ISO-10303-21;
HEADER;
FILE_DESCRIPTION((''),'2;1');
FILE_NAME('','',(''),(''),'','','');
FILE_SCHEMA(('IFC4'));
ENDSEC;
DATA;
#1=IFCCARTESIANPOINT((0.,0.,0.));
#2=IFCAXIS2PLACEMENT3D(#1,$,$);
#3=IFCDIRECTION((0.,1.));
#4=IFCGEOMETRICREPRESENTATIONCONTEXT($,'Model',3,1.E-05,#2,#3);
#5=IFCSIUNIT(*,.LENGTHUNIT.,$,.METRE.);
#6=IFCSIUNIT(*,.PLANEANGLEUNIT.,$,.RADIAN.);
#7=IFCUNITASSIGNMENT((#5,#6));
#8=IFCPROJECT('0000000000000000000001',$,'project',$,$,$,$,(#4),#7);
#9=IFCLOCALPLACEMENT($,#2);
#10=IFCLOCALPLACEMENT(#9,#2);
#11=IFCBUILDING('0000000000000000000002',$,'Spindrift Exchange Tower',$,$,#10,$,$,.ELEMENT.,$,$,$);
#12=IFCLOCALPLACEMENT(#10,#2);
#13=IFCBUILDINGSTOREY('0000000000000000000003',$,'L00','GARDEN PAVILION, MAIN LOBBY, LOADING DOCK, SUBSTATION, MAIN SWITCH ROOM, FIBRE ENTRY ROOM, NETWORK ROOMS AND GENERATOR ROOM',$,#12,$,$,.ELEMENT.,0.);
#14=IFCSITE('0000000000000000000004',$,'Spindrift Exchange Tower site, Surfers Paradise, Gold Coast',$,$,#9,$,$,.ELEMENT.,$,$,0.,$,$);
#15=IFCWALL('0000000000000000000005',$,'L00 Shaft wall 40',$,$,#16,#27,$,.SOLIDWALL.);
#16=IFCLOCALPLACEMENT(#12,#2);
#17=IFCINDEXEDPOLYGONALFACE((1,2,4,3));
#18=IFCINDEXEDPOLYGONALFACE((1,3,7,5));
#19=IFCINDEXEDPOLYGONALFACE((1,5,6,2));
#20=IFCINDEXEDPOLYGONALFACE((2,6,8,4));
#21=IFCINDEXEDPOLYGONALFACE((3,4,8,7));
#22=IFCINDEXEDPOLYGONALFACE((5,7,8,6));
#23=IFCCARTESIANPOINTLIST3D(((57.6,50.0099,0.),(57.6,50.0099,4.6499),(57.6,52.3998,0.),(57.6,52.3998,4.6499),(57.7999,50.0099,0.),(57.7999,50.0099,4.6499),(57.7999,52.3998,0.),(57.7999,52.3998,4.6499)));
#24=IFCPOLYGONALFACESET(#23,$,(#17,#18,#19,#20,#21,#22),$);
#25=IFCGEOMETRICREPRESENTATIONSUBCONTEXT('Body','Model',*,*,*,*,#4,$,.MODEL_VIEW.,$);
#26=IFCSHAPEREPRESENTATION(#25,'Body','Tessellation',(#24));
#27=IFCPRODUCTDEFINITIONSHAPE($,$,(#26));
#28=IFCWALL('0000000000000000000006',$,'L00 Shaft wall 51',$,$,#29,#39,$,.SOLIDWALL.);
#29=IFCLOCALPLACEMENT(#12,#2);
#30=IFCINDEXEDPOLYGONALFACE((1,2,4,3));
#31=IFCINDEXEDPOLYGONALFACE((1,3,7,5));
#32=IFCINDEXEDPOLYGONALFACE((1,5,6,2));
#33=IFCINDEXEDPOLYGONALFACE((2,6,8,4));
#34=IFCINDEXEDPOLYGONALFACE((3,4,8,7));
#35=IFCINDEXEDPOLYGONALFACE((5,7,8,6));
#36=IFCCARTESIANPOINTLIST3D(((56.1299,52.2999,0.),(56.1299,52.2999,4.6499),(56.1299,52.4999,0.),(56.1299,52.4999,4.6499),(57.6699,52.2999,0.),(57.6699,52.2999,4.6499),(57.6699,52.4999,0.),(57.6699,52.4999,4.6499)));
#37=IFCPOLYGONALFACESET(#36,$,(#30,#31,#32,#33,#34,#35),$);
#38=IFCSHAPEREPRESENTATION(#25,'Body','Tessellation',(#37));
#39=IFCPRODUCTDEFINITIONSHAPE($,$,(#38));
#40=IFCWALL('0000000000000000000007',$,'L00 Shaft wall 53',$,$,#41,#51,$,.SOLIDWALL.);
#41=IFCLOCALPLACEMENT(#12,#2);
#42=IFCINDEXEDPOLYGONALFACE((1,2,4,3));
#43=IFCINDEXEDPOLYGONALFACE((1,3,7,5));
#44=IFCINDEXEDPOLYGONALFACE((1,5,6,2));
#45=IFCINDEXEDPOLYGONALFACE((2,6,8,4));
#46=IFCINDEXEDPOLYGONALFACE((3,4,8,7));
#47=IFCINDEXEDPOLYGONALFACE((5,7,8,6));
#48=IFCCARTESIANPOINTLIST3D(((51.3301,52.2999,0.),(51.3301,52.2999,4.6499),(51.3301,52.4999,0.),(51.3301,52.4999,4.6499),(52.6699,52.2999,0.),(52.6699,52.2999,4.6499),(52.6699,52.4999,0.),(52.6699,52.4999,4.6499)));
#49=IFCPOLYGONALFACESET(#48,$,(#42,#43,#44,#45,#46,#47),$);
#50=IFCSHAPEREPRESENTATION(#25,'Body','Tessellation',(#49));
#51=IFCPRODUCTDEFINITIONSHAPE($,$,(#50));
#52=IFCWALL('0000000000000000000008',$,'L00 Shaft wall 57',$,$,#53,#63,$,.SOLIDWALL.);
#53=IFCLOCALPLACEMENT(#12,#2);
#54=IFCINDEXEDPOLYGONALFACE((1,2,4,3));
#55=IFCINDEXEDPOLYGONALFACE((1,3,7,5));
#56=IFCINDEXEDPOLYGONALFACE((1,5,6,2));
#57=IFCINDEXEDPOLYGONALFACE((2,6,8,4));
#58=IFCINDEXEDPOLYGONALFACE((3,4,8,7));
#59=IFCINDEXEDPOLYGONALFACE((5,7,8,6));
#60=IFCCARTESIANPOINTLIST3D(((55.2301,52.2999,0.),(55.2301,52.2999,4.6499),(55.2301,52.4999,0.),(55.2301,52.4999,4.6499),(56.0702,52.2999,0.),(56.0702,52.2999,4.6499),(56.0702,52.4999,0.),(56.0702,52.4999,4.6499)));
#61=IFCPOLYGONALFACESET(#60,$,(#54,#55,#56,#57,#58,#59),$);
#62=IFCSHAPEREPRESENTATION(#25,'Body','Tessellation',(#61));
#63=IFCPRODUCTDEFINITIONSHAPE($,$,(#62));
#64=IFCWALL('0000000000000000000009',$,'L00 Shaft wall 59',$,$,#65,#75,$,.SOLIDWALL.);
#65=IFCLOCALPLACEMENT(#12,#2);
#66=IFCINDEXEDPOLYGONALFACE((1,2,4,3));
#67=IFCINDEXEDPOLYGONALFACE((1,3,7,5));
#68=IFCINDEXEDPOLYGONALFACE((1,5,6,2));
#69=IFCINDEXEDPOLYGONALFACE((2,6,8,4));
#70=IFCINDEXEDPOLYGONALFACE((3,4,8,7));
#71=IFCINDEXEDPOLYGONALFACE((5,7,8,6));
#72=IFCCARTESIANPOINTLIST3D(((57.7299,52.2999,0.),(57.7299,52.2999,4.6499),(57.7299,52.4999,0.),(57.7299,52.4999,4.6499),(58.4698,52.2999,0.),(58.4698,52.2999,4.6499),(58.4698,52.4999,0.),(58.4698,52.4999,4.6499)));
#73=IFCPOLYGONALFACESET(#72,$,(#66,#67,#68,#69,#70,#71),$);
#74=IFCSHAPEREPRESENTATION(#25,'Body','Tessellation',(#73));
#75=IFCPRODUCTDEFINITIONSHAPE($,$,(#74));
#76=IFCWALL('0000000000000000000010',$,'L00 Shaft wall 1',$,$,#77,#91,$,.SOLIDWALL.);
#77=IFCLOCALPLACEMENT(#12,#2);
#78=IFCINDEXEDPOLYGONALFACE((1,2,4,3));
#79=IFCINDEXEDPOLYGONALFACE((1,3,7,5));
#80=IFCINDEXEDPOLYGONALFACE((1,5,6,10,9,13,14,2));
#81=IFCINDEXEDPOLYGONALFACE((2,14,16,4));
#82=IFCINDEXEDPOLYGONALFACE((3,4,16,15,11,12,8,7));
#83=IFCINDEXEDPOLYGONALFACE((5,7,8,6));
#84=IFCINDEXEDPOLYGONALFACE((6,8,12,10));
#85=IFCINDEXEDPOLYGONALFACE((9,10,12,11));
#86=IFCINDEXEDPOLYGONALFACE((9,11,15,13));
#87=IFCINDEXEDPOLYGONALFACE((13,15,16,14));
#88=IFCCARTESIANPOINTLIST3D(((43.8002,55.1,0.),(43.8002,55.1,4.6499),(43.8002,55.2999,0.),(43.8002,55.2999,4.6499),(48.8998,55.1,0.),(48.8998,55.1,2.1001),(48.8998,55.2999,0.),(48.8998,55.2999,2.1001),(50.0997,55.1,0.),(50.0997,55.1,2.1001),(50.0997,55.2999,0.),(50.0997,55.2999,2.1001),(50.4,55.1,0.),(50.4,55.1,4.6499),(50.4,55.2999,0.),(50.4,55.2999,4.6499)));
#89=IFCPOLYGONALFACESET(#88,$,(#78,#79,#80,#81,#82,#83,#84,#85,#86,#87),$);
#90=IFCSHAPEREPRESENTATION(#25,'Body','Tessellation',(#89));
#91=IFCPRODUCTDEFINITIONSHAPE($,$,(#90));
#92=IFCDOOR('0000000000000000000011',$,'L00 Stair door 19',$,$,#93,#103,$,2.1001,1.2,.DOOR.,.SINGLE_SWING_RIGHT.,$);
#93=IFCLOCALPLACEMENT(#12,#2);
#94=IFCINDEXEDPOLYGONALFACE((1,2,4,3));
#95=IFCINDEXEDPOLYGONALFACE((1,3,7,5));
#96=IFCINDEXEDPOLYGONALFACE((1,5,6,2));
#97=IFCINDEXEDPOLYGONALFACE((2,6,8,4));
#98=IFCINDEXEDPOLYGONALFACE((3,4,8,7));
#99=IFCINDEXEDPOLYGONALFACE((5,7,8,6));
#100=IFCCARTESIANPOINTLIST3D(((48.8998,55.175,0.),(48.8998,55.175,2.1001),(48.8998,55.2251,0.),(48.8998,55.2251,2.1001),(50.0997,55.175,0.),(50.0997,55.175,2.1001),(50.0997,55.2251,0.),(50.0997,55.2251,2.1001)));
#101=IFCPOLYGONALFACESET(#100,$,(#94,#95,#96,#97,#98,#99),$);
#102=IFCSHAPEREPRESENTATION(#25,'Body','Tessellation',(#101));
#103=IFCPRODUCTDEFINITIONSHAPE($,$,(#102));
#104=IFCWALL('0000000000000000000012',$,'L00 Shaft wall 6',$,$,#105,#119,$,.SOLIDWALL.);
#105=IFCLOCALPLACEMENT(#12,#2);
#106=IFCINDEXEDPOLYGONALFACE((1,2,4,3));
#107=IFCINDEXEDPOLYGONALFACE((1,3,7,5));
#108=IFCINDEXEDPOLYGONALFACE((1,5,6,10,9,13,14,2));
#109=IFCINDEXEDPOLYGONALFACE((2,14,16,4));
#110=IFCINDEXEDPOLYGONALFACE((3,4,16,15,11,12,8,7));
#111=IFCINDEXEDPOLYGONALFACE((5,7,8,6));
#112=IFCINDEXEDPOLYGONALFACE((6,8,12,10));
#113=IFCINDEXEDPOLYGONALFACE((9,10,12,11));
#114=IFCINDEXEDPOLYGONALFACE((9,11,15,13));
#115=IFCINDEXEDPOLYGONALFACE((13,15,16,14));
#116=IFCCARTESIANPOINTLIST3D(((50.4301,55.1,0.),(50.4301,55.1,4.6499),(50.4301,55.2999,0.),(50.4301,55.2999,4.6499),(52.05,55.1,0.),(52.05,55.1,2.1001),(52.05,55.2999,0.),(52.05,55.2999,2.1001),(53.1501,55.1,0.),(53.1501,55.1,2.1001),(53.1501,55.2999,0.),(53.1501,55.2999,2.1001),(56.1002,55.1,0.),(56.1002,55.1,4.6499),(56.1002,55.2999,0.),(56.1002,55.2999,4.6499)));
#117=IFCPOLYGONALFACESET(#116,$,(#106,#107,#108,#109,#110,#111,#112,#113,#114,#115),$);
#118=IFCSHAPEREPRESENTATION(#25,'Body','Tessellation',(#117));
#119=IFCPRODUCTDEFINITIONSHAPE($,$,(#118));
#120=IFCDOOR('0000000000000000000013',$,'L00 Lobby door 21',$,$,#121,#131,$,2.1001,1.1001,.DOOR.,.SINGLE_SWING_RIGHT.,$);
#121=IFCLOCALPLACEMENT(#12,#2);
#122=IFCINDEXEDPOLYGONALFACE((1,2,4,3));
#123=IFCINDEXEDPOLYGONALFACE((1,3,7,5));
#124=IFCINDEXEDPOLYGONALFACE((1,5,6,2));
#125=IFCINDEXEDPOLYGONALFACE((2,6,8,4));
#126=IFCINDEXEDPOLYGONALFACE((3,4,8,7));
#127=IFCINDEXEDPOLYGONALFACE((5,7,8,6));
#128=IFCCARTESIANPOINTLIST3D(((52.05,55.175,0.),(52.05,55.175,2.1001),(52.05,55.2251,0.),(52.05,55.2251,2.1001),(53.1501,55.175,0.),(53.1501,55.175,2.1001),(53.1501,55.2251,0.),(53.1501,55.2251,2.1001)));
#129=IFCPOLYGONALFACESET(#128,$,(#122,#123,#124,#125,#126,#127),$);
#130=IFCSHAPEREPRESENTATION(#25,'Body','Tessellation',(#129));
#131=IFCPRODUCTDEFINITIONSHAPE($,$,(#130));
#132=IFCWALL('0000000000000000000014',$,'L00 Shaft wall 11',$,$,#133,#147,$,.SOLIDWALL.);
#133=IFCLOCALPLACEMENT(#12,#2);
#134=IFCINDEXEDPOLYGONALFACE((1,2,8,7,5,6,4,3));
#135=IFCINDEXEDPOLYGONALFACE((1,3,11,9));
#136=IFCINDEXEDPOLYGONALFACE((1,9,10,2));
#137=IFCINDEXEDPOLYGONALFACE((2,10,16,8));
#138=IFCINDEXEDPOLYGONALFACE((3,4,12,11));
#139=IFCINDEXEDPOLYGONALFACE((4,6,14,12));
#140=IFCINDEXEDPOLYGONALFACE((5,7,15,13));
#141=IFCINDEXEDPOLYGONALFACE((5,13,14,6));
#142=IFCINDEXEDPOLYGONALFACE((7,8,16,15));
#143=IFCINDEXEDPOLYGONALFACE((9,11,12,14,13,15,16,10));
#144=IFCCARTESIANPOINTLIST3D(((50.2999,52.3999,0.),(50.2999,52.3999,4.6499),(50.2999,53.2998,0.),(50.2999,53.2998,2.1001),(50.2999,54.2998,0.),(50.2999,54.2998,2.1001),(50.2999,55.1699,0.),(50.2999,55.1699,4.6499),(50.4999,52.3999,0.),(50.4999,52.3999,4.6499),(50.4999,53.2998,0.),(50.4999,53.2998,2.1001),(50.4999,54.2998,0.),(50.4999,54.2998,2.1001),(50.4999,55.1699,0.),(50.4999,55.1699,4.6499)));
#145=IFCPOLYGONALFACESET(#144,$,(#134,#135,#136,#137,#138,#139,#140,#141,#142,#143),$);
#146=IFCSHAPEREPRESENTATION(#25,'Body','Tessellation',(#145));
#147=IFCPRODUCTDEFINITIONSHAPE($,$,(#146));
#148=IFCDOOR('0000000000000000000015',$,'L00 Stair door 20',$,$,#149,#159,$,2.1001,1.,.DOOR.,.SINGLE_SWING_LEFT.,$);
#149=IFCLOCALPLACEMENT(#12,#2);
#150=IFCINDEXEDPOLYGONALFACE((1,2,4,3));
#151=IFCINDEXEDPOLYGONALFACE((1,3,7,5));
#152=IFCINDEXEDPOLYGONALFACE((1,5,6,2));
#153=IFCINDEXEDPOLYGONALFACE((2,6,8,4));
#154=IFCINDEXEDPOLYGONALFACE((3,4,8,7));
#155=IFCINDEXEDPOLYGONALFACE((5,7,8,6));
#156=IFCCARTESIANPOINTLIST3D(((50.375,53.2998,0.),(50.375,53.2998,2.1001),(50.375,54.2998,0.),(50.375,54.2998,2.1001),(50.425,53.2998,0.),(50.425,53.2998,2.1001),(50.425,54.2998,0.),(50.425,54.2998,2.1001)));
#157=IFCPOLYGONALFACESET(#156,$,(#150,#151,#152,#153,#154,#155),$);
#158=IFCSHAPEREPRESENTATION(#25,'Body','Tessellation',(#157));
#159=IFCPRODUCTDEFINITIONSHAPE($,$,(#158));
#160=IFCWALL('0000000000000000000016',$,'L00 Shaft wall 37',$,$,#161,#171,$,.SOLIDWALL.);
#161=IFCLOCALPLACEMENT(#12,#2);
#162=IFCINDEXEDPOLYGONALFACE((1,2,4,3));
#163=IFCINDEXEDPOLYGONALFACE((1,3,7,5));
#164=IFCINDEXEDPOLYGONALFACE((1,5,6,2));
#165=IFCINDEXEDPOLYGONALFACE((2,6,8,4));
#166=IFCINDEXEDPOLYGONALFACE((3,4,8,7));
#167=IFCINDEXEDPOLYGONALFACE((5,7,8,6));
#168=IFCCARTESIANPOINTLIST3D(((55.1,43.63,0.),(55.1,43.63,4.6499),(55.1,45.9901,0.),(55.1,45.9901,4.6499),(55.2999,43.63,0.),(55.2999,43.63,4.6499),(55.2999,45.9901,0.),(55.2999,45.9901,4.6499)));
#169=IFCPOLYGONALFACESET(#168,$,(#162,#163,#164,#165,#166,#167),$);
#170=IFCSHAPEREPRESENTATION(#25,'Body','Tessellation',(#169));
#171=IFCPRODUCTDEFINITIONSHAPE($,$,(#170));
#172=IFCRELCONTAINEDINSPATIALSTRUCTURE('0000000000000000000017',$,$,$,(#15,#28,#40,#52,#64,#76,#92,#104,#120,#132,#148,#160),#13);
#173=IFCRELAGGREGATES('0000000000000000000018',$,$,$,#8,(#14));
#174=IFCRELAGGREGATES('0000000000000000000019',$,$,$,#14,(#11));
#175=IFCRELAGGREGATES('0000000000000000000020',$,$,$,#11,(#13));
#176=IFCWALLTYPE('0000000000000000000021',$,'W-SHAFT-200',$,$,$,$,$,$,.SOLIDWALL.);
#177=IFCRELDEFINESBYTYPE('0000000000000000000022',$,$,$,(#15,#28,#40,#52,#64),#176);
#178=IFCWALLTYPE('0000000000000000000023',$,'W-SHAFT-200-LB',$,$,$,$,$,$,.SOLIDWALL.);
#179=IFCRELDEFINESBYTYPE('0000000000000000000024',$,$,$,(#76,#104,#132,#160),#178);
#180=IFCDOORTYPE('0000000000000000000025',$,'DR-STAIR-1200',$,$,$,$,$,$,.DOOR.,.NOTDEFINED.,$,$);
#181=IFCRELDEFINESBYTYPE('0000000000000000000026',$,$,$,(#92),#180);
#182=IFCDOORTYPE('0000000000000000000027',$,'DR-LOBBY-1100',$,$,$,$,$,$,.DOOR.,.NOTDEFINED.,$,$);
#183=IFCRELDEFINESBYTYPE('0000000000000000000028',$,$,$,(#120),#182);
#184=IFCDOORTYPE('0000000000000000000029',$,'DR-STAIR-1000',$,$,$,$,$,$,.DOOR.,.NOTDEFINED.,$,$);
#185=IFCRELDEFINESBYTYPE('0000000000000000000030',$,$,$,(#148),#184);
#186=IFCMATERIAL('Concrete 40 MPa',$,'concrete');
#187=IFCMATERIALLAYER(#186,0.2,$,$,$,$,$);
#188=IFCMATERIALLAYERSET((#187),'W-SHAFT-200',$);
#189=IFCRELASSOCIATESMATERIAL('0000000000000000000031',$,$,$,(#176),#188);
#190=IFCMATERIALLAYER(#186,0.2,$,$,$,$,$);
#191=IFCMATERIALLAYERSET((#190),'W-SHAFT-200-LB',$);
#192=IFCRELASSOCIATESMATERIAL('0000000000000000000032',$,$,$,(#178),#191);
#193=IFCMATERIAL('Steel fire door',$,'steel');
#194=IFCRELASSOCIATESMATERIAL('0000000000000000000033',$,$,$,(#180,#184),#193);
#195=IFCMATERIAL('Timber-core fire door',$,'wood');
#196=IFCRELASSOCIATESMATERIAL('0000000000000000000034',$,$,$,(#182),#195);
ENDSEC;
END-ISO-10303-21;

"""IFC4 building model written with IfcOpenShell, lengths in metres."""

from ifc_helpers import new_model, si_unit, direction, frame, frame_2d, origin, place, context, subcontext, project, spatial, rectangle, extrude, source, transform, mapped, material, layer, layer_set, type_object, element, fill, save


model = new_model("IFC4")

# Units and contexts
model_context = context("Model", 3, precision=1e-05, world=origin(), true_north=direction((0.0, 1.0)))
body_context = subcontext(model_context, "Body", "Model", "MODEL_VIEW")
ifc_project = project(units=[si_unit("LENGTHUNIT", "METRE"), si_unit("PLANEANGLEUNIT", "RADIAN")], contexts=[model_context])

# Site, building, storey
site_placement = place(None, origin())
site = spatial("IfcSite", under=ifc_project, at=site_placement, Name="Spindrift Exchange Tower site, Surfers Paradise, Gold Coast", CompositionType="ELEMENT", RefElevation=0.0)
building_placement = place(site_placement, origin())
building = spatial("IfcBuilding", under=site, at=building_placement, Name="Spindrift Exchange Tower", CompositionType="ELEMENT")
storey_placement = place(building_placement, origin())
storey = spatial("IfcBuildingStorey", under=building, at=storey_placement, Name="L00", Description="GARDEN PAVILION, MAIN LOBBY, LOADING DOCK, SUBSTATION, MAIN SWITCH ROOM, FIBRE ENTRY ROOM, NETWORK ROOMS AND GENERATOR ROOM", CompositionType="ELEMENT", Elevation=0.0)

# Shared definitions
ifc_material_1 = material(Name="Concrete 40 MPa", Category="concrete")

# Shared definitions
ifc_layer_1 = layer(ifc_material_1, 0.2)
ifc_layer_set_1 = layer_set([ifc_layer_1], Name="W-SHAFT-200")
wall_type_1 = type_object("IfcWallType", Name="W-SHAFT-200", PredefinedType="SOLIDWALL", material=ifc_layer_set_1)

# Walls
wall_1_placement = place(storey_placement, frame((57.7, 50.01, 0.0), z_axis=(0.0, 0.0, 1.0), x_axis=(0.0, 1.0, 0.0)))
element("IfcWall", 1, at=wall_1_placement, inside=storey, type_object=wall_type_1, Name="L00 Shaft wall 40", PredefinedType="SOLIDWALL", context=body_context, shape_type="SweptSolid", body=[
    extrude(rectangle(XDim=2.3899, YDim=0.2, at=frame_2d((1.1948, 0.0))), origin(), (0.0, 0.0, 1.0), 4.6499),
])
wall_2_placement = place(storey_placement, frame((57.6699, 52.3999, 0.0), z_axis=(0.0, 0.0, 1.0), x_axis=(-1.0, 0.0, 0.0)))
element("IfcWall", 2, at=wall_2_placement, inside=storey, type_object=wall_type_1, Name="L00 Shaft wall 51", PredefinedType="SOLIDWALL", context=body_context, shape_type="SweptSolid", body=[
    extrude(rectangle(XDim=1.54, YDim=0.2, at=frame_2d((0.77, 0.0))), origin(), (0.0, 0.0, 1.0), 4.6499),
])
wall_3_placement = place(storey_placement, frame((51.3301, 52.3999, 0.0), z_axis=(0.0, 0.0, 1.0), x_axis=(1.0, 0.0, 0.0)))
element("IfcWall", 3, at=wall_3_placement, inside=storey, type_object=wall_type_1, Name="L00 Shaft wall 53", PredefinedType="SOLIDWALL", context=body_context, shape_type="SweptSolid", body=[
    extrude(rectangle(XDim=1.3398, YDim=0.2, at=frame_2d((0.6699, 0.0))), origin(), (0.0, 0.0, 1.0), 4.6499),
])
wall_4_placement = place(storey_placement, frame((56.0701, 52.3999, 0.0), z_axis=(0.0, 0.0, 1.0), x_axis=(-1.0, 0.0, 0.0)))
element("IfcWall", 4, at=wall_4_placement, inside=storey, type_object=wall_type_1, Name="L00 Shaft wall 57", PredefinedType="SOLIDWALL", context=body_context, shape_type="SweptSolid", body=[
    extrude(rectangle(XDim=0.8401, YDim=0.2, at=frame_2d((0.4199, 0.0))), origin(), (0.0, 0.0, 1.0), 4.6499),
])
wall_5_placement = place(storey_placement, frame((58.47, 52.3999, 0.0), z_axis=(0.0, 0.0, 1.0), x_axis=(-1.0, 0.0, 0.0)))
element("IfcWall", 5, at=wall_5_placement, inside=storey, type_object=wall_type_1, Name="L00 Shaft wall 59", PredefinedType="SOLIDWALL", context=body_context, shape_type="SweptSolid", body=[
    extrude(rectangle(XDim=0.74, YDim=0.2, at=frame_2d((0.3701, 0.0))), origin(), (0.0, 0.0, 1.0), 4.6499),
])

# Walls, openings, doors
ifc_layer_2 = layer(ifc_material_1, 0.2)
ifc_layer_set_2 = layer_set([ifc_layer_2], Name="W-SHAFT-200-LB")
wall_type_2 = type_object("IfcWallType", Name="W-SHAFT-200-LB", PredefinedType="SOLIDWALL", material=ifc_layer_set_2)
wall_6_placement = place(storey_placement, frame((50.3999, 55.2, 0.0), z_axis=(0.0, 0.0, 1.0), x_axis=(-1.0, 0.0, 0.0)))
wall_6 = element("IfcWall", 6, at=wall_6_placement, inside=storey, type_object=wall_type_2, Name="L00 Shaft wall 1", PredefinedType="SOLIDWALL", context=body_context, shape_type="SweptSolid", body=[
    extrude(rectangle(XDim=6.5999, YDim=0.2, at=frame_2d((3.2998, 0.0))), origin(), (0.0, 0.0, 1.0), 4.6499),
])
opening_1_placement = place(wall_6_placement, frame((0.3, 0.0, 0.0)))
opening_1 = element("IfcOpeningElement", 7, at=opening_1_placement, cuts=wall_6, PredefinedType="OPENING", context=body_context, shape_type="SweptSolid", body=[
    extrude(rectangle(XDim=1.2, YDim=2.1001, at=frame_2d((0.6001, 1.05))), frame((0.0, 0.1099, 0.0), z_axis=(0.0, -1.0, 0.0), x_axis=(1.0, 0.0, 0.0)), (0.0, 0.0, 1.0), 0.22),
])
ifc_material_2 = material(Name="Steel fire door", Category="steel")
door_type_1 = type_object("IfcDoorType", Name="DR-STAIR-1200", OperationType="NOTDEFINED", PredefinedType="DOOR", material=ifc_material_2)
shared_shape_1 = source(origin(), body_context, "Body", "SweptSolid", [
    extrude(rectangle(XDim=1.2, YDim=2.1001, at=frame_2d((0.6001, 1.05))), frame((0.0, 0.0249, 0.0), z_axis=(0.0, -1.0, 0.0), x_axis=(1.0, 0.0, 0.0)), (0.0, 0.0, 1.0), 0.05),
])
door_1_placement = place(opening_1_placement, origin())
door_1 = element("IfcDoor", 8, at=door_1_placement, inside=storey, type_object=door_type_1, Name="L00 Stair door 19", OperationType="SINGLE_SWING_RIGHT", OverallHeight=2.1001, OverallWidth=1.2, PredefinedType="DOOR", context=body_context, shape_type="MappedRepresentation", body=[
    mapped(shared_shape_1, transform((0.0, 0.0, 0.0), scale=1.0)),
])
fill(opening_1, door_1)
wall_7_placement = place(storey_placement, frame((56.1001, 55.2, 0.0), z_axis=(0.0, 0.0, 1.0), x_axis=(-1.0, 0.0, 0.0)))
wall_7 = element("IfcWall", 9, at=wall_7_placement, inside=storey, type_object=wall_type_2, Name="L00 Shaft wall 6", PredefinedType="SOLIDWALL", context=body_context, shape_type="SweptSolid", body=[
    extrude(rectangle(XDim=5.6702, YDim=0.2, at=frame_2d((2.835, 0.0))), origin(), (0.0, 0.0, 1.0), 4.6499),
])
opening_2_placement = place(wall_7_placement, frame((2.95, 0.0, 0.0)))
opening_2 = element("IfcOpeningElement", 10, at=opening_2_placement, cuts=wall_7, PredefinedType="OPENING", context=body_context, shape_type="SweptSolid", body=[
    extrude(rectangle(XDim=1.1001, YDim=2.1001, at=frame_2d((0.55, 1.05))), frame((0.0, 0.1099, 0.0), z_axis=(0.0, -1.0, 0.0), x_axis=(1.0, 0.0, 0.0)), (0.0, 0.0, 1.0), 0.22),
])
ifc_material_3 = material(Name="Timber-core fire door", Category="wood")
door_type_2 = type_object("IfcDoorType", Name="DR-LOBBY-1100", OperationType="NOTDEFINED", PredefinedType="DOOR", material=ifc_material_3)
shared_shape_2 = source(origin(), body_context, "Body", "SweptSolid", [
    extrude(rectangle(XDim=1.1001, YDim=2.1001, at=frame_2d((0.55, 1.05))), frame((0.0, 0.0249, 0.0), z_axis=(0.0, -1.0, 0.0), x_axis=(1.0, 0.0, 0.0)), (0.0, 0.0, 1.0), 0.05),
])
door_2_placement = place(opening_2_placement, origin())
door_2 = element("IfcDoor", 11, at=door_2_placement, inside=storey, type_object=door_type_2, Name="L00 Lobby door 21", OperationType="SINGLE_SWING_RIGHT", OverallHeight=2.1001, OverallWidth=1.1001, PredefinedType="DOOR", context=body_context, shape_type="MappedRepresentation", body=[
    mapped(shared_shape_2, transform((0.0, 0.0, 0.0), scale=1.0)),
])
fill(opening_2, door_2)
wall_8_placement = place(storey_placement, frame((50.3999, 52.3999, 0.0), z_axis=(0.0, 0.0, 1.0), x_axis=(0.0, 1.0, 0.0)))
wall_8 = element("IfcWall", 12, at=wall_8_placement, inside=storey, type_object=wall_type_2, Name="L00 Shaft wall 11", PredefinedType="SOLIDWALL", context=body_context, shape_type="SweptSolid", body=[
    extrude(rectangle(XDim=2.77, YDim=0.2, at=frame_2d((1.385, 0.0))), origin(), (0.0, 0.0, 1.0), 4.6499),
])
opening_3_placement = place(wall_8_placement, frame((0.8999, 0.0, 0.0)))
opening_3 = element("IfcOpeningElement", 13, at=opening_3_placement, cuts=wall_8, PredefinedType="OPENING", context=body_context, shape_type="SweptSolid", body=[
    extrude(rectangle(XDim=1.0, YDim=2.1001, at=frame_2d((0.5, 1.05))), frame((0.0, 0.1099, 0.0), z_axis=(0.0, -1.0, 0.0), x_axis=(1.0, 0.0, 0.0)), (0.0, 0.0, 1.0), 0.22),
])
door_type_3 = type_object("IfcDoorType", Name="DR-STAIR-1000", OperationType="NOTDEFINED", PredefinedType="DOOR", material=ifc_material_2)
shared_shape_3 = source(origin(), body_context, "Body", "SweptSolid", [
    extrude(rectangle(XDim=1.0, YDim=2.1001, at=frame_2d((0.5, 1.05))), frame((0.0, 0.0249, 0.0), z_axis=(0.0, -1.0, 0.0), x_axis=(1.0, 0.0, 0.0)), (0.0, 0.0, 1.0), 0.05),
])
door_3_placement = place(opening_3_placement, origin())
door_3 = element("IfcDoor", 14, at=door_3_placement, inside=storey, type_object=door_type_3, Name="L00 Stair door 20", OperationType="SINGLE_SWING_LEFT", OverallHeight=2.1001, OverallWidth=1.0, PredefinedType="DOOR", context=body_context, shape_type="MappedRepresentation", body=[
    mapped(shared_shape_3, transform((0.0, 0.0, 0.0), scale=1.0)),
])
fill(opening_3, door_3)

# Wall
for number, where, z_axis, x_axis, name in (
    (15, (55.2, 43.6299, 0.0), (0.0, 0.0, 1.0), (0.0, 1.0, 0.0), "L00 Shaft wall 37"),
):
    element("IfcWall", number, at=place(storey_placement, frame(where, z_axis=z_axis, x_axis=x_axis)), inside=storey, type_object=wall_type_2, Name=name, PredefinedType="SOLIDWALL", context=body_context, shape_type="SweptSolid", body=[
        extrude(rectangle(XDim=2.3601, YDim=0.2, at=frame_2d((1.1802, 0.0))), origin(), (0.0, 0.0, 1.0), 4.6499),
    ])

save(model, "model.ifc")
